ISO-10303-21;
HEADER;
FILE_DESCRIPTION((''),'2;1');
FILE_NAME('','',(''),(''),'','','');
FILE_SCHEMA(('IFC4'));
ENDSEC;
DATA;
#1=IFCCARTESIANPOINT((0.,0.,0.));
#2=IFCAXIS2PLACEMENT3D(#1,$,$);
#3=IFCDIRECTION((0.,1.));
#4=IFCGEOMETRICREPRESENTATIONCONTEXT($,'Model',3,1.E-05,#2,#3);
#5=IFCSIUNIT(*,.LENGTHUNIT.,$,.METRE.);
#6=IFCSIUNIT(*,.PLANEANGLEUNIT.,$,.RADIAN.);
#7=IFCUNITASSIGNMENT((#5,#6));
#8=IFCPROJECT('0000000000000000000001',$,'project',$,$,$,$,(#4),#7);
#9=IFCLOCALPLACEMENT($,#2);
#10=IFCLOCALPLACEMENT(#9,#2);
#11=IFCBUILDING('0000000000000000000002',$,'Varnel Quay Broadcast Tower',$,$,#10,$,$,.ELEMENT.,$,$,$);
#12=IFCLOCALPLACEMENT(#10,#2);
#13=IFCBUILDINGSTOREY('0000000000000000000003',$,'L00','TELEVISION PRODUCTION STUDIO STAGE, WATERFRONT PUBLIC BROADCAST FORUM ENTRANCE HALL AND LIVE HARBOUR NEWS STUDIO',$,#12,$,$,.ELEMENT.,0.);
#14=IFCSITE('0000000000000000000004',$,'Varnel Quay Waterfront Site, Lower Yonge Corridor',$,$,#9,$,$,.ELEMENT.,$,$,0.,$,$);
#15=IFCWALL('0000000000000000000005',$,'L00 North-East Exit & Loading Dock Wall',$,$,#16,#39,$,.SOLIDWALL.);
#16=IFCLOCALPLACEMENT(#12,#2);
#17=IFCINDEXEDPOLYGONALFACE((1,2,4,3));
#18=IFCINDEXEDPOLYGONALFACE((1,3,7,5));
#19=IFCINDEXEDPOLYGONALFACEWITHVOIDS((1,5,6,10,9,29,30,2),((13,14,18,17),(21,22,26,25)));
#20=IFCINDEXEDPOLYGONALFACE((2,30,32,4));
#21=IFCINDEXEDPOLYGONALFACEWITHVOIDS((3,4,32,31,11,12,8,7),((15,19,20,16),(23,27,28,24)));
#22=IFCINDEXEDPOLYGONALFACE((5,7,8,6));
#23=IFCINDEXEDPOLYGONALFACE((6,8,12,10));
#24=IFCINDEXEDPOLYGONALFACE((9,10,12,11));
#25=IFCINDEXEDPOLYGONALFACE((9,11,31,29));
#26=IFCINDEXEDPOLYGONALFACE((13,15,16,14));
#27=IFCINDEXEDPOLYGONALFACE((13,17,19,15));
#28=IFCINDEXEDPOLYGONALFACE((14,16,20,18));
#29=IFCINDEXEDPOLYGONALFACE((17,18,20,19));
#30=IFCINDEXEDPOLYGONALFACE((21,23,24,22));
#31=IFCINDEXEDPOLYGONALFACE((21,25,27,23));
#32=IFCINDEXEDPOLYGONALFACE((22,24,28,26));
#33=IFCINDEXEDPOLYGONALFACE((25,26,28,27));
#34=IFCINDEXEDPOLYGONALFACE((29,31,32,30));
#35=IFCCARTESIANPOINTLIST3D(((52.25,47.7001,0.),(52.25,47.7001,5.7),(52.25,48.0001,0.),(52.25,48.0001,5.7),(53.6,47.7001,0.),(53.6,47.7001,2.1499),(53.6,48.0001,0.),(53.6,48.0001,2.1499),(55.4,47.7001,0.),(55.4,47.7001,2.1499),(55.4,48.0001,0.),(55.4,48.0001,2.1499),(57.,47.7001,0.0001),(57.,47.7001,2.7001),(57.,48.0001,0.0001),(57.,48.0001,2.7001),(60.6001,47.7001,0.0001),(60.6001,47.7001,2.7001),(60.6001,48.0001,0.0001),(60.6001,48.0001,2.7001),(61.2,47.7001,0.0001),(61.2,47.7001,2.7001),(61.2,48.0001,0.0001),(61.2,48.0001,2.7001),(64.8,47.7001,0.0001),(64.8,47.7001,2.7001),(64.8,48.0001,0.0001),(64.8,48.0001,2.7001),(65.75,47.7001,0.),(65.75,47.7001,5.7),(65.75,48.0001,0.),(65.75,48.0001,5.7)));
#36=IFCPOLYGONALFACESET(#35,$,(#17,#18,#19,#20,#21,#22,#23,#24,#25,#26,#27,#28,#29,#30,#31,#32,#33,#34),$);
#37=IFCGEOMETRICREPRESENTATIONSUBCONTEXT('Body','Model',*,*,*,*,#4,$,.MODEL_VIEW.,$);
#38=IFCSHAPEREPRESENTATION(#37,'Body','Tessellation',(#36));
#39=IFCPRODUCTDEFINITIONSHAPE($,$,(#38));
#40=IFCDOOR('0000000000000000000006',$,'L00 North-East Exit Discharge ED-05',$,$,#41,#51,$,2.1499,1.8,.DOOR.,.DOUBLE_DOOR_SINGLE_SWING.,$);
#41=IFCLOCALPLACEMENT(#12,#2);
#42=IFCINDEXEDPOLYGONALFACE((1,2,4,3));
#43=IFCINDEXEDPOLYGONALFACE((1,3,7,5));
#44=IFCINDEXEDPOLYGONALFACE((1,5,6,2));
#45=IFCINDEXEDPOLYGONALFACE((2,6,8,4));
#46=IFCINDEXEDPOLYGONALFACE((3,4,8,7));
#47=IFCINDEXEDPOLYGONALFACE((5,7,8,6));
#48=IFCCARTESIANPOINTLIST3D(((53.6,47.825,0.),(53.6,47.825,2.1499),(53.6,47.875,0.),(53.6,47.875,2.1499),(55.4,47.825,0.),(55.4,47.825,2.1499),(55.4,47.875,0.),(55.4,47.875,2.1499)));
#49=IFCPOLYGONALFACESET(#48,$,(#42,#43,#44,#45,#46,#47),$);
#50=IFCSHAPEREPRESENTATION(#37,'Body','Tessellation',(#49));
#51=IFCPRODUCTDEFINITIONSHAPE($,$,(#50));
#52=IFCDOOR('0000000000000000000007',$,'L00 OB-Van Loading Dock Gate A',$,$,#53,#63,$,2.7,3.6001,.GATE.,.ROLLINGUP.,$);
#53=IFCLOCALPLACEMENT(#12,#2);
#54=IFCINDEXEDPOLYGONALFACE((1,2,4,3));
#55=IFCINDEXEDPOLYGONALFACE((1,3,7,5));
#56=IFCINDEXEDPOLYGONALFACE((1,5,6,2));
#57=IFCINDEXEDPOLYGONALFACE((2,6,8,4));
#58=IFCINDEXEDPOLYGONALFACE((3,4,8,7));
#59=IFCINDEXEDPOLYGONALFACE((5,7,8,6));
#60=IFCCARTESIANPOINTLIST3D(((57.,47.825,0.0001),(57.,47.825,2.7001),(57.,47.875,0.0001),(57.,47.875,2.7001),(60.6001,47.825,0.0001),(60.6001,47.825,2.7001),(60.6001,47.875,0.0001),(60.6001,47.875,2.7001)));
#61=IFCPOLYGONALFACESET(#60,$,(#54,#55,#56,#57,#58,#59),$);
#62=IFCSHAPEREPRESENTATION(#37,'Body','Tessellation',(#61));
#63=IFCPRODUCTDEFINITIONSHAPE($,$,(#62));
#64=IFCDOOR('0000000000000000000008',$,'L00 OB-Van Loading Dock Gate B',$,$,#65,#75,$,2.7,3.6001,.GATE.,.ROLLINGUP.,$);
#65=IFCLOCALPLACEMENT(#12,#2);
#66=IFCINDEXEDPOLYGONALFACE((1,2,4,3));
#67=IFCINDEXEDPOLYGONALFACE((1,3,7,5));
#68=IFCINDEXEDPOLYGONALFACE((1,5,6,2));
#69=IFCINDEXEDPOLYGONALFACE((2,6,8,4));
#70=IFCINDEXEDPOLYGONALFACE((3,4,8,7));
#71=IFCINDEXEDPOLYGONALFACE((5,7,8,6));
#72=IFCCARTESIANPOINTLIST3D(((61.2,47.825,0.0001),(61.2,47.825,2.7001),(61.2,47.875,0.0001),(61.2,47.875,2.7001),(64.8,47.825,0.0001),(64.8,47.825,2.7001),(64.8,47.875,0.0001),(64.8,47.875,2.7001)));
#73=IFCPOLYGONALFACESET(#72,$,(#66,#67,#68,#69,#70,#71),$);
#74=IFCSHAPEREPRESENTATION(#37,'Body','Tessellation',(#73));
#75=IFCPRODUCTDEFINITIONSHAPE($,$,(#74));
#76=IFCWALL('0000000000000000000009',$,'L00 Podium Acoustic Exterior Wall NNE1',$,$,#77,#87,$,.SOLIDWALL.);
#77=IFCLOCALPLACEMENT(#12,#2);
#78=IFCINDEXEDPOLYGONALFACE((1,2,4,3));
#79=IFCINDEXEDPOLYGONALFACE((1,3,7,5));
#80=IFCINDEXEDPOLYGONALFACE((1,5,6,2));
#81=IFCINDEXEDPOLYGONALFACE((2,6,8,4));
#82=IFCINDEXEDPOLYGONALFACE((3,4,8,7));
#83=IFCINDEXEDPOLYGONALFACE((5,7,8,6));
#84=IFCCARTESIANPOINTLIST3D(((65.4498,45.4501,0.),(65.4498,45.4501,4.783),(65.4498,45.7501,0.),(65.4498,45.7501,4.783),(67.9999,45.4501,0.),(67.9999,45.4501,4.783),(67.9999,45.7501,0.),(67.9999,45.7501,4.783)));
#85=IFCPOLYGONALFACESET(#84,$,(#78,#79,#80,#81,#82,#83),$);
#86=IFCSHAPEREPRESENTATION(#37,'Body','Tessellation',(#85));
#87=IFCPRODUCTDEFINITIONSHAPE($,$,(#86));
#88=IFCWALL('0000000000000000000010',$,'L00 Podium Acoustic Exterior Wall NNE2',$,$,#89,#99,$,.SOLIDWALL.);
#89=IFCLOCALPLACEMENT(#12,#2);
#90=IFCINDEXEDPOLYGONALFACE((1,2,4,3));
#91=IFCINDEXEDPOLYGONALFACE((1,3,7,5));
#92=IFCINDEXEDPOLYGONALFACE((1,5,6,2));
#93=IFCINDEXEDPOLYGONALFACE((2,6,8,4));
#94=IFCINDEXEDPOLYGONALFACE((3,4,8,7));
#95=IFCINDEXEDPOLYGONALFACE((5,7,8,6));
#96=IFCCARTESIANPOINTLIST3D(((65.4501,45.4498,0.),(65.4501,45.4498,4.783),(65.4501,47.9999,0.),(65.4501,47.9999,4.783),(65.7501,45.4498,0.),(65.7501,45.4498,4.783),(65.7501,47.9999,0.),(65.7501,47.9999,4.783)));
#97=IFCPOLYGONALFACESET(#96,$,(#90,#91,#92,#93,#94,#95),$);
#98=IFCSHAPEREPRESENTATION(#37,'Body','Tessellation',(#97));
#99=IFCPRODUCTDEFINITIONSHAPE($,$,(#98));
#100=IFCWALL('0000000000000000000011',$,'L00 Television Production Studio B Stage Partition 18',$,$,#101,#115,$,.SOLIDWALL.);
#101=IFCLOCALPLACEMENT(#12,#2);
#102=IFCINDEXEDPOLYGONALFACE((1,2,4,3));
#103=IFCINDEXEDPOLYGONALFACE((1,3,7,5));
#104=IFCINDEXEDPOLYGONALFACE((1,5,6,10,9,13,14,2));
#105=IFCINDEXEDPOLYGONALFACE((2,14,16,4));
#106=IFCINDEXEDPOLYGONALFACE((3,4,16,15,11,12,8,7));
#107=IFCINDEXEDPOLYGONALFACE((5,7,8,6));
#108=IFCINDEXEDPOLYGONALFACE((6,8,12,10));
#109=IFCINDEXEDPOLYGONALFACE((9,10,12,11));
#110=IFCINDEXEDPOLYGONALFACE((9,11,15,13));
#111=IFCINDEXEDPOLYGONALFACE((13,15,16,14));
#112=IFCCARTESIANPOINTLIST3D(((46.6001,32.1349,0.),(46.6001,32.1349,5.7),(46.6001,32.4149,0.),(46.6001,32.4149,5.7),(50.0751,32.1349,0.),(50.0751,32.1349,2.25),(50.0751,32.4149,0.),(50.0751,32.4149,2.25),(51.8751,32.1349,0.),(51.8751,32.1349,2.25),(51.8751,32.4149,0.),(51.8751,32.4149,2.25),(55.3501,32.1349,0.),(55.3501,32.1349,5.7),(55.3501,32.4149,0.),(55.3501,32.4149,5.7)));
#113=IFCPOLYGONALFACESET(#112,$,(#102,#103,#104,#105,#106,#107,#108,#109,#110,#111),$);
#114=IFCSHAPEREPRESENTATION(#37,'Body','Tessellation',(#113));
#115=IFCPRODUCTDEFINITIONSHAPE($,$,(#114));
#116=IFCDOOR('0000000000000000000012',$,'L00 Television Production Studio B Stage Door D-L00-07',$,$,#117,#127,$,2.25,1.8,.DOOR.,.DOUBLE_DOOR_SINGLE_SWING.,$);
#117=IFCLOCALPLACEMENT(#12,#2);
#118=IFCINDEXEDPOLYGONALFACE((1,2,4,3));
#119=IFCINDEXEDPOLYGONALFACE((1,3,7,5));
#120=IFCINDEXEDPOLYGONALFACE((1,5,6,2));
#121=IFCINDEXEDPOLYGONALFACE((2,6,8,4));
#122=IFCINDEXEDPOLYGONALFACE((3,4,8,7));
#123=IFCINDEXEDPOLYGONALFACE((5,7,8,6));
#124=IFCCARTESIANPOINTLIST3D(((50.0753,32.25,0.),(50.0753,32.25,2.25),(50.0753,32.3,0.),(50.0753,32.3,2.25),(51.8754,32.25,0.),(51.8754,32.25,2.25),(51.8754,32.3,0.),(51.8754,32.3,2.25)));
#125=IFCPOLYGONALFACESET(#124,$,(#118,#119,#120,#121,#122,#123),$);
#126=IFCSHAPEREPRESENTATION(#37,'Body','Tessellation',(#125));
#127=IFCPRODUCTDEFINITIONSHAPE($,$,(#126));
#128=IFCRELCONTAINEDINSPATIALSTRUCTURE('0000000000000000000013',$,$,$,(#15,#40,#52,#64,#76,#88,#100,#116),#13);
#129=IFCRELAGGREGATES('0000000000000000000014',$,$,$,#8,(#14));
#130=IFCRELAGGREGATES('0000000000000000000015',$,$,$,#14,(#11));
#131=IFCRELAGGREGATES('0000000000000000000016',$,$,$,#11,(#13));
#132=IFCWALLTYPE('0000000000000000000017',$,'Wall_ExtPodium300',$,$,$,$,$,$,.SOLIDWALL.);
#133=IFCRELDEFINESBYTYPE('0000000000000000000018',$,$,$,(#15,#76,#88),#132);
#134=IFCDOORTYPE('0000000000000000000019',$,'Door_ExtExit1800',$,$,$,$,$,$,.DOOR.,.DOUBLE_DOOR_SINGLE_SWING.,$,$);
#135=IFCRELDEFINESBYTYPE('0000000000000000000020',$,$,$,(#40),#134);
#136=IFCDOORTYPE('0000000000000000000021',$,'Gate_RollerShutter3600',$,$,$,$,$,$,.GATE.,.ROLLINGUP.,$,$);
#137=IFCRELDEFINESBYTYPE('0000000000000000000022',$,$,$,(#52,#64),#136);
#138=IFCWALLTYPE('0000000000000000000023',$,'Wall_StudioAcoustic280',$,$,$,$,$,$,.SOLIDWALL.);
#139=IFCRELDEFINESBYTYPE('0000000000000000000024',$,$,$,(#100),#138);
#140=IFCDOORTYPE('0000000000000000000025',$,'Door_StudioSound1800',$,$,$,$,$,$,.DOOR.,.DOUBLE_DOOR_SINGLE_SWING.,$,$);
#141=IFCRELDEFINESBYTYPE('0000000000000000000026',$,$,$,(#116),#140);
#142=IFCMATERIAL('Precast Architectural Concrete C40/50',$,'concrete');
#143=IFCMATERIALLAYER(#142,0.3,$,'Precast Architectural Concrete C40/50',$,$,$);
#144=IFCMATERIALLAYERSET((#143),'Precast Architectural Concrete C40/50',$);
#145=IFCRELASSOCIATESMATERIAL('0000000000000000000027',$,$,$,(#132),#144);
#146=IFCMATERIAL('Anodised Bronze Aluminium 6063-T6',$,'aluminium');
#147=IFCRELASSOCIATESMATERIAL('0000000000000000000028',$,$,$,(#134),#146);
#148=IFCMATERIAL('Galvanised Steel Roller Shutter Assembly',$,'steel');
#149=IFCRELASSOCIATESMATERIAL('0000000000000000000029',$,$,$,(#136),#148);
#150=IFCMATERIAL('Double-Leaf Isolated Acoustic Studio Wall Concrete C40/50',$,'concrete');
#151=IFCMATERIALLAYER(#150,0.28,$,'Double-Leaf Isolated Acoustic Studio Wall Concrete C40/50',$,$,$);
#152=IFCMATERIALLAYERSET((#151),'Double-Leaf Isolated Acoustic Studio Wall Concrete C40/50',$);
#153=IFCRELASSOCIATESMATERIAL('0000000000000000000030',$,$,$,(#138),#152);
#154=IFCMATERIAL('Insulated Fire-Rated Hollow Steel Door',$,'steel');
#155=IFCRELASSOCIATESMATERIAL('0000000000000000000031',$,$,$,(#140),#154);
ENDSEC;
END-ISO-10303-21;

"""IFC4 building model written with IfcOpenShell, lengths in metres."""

from ifc_helpers import new_model, si_unit, direction, frame, frame_2d, origin, place, context, subcontext, project, spatial, rectangle, extrude, source, transform, mapped, material, layer, layer_set, type_object, type_shapes, element, fill, save


model = new_model("IFC4")

# Units and contexts
model_context = context("Model", 3, precision=1e-05, world=origin(), true_north=direction((0.0, 1.0)))
body_context = subcontext(model_context, "Body", "Model", "MODEL_VIEW")
ifc_project = project(units=[si_unit("LENGTHUNIT", "METRE"), si_unit("PLANEANGLEUNIT", "RADIAN")], contexts=[model_context])

# Site, building, storey
site_placement = place(None, origin())
site = spatial("IfcSite", under=ifc_project, at=site_placement, Name="Varnel Quay Waterfront Site, Lower Yonge Corridor", CompositionType="ELEMENT", RefElevation=0.0)
building_placement = place(site_placement, origin())
building = spatial("IfcBuilding", under=site, at=building_placement, Name="Varnel Quay Broadcast Tower", CompositionType="ELEMENT")
storey_placement = place(building_placement, origin())
storey = spatial("IfcBuildingStorey", under=building, at=storey_placement, Name="L00", Description="TELEVISION PRODUCTION STUDIO STAGE, WATERFRONT PUBLIC BROADCAST FORUM ENTRANCE HALL AND LIVE HARBOUR NEWS STUDIO", CompositionType="ELEMENT", Elevation=0.0)

# Shared definitions
ifc_material_1 = material(Name="Insulated Fire-Rated Hollow Steel Door", Category="steel")

# Wall, openings, doors
ifc_material_2 = material(Name="Precast Architectural Concrete C40/50", Category="concrete")
ifc_layer_1 = layer(ifc_material_2, 0.3, Name="Precast Architectural Concrete C40/50")
ifc_layer_set_1 = layer_set([ifc_layer_1], Name="Precast Architectural Concrete C40/50")
wall_type_1 = type_object("IfcWallType", Name="Wall_ExtPodium300", PredefinedType="SOLIDWALL", material=ifc_layer_set_1)
wall_1_placement = place(storey_placement, frame((52.25, 47.8501, 0.0), z_axis=(0.0, 0.0, 1.0), x_axis=(1.0, 0.0, 0.0)))
wall_1 = element("IfcWall", 1, at=wall_1_placement, inside=storey, type_object=wall_type_1, Name="L00 North-East Exit & Loading Dock Wall", PredefinedType="SOLIDWALL", context=body_context, shape_type="SweptSolid", body=[
    extrude(rectangle(XDim=13.5, YDim=0.3, at=frame_2d((6.75, 0.0))), origin(), (0.0, 0.0, 1.0), 5.7),
])
opening_1_placement = place(wall_1_placement, frame((1.3501, 0.0, 0.0)))
opening_1 = element("IfcOpeningElement", 2, at=opening_1_placement, cuts=wall_1, PredefinedType="OPENING", context=body_context, shape_type="SweptSolid", body=[
    extrude(rectangle(XDim=1.8, YDim=2.1499, at=frame_2d((0.8999, 1.075))), frame((0.0, 0.1602, 0.0), z_axis=(0.0, -1.0, 0.0), x_axis=(1.0, 0.0, 0.0)), (0.0, 0.0, 1.0), 0.3201),
])
opening_2_placement = place(wall_1_placement, frame((4.75, 0.0, 0.0)))
opening_2 = element("IfcOpeningElement", 3, at=opening_2_placement, cuts=wall_1, PredefinedType="OPENING", context=body_context, shape_type="SweptSolid", body=[
    extrude(rectangle(XDim=3.6001, YDim=2.7, at=frame_2d((1.8, 1.3501))), frame((0.0, 0.1602, 0.0), z_axis=(0.0, -1.0, 0.0), x_axis=(1.0, 0.0, 0.0)), (0.0, 0.0, 1.0), 0.3201),
])
opening_3_placement = place(wall_1_placement, frame((8.95, 0.0, 0.0)))
opening_3 = element("IfcOpeningElement", 4, at=opening_3_placement, cuts=wall_1, PredefinedType="OPENING", context=body_context, shape_type="SweptSolid", body=[
    extrude(rectangle(XDim=3.6001, YDim=2.7, at=frame_2d((1.8, 1.3501))), frame((0.0, 0.1602, 0.0), z_axis=(0.0, -1.0, 0.0), x_axis=(1.0, 0.0, 0.0)), (0.0, 0.0, 1.0), 0.3201),
])
ifc_material_3 = material(Name="Anodised Bronze Aluminium 6063-T6", Category="aluminium")
door_type_1 = type_object("IfcDoorType", Name="Door_ExtExit1800", OperationType="DOUBLE_DOOR_SINGLE_SWING", PredefinedType="DOOR", material=ifc_material_3)
shared_shape_1 = source(origin(), body_context, "Body", "SweptSolid", [
    extrude(rectangle(XDim=1.8, YDim=2.1499, at=frame_2d((0.8999, 1.075))), frame((0.0, 0.0249, 0.0), z_axis=(0.0, -1.0, 0.0), x_axis=(1.0, 0.0, 0.0)), (0.0, 0.0, 1.0), 0.05),
])
type_shapes(door_type_1, [shared_shape_1])
door_1_placement = place(opening_1_placement, origin())
door_1 = element("IfcDoor", 5, at=door_1_placement, inside=storey, type_object=door_type_1, Name="L00 North-East Exit Discharge ED-05", OperationType="DOUBLE_DOOR_SINGLE_SWING", OverallHeight=2.1499, OverallWidth=1.8, PredefinedType="DOOR", context=body_context, shape_type="MappedRepresentation", body=[
    mapped(shared_shape_1, transform((0.0, 0.0, 0.0), x_axis=(1.0, 0.0, 0.0), y_axis=(0.0, 1.0, 0.0), z_axis=(0.0, 0.0, 1.0), scale=1.0)),
])
fill(opening_1, door_1)
ifc_material_4 = material(Name="Galvanised Steel Roller Shutter Assembly", Category="steel")
door_type_2 = type_object("IfcDoorType", Name="Gate_RollerShutter3600", OperationType="ROLLINGUP", PredefinedType="GATE", material=ifc_material_4)
shared_shape_2 = source(origin(), body_context, "Body", "SweptSolid", [
    extrude(rectangle(XDim=3.6001, YDim=2.7, at=frame_2d((1.8, 1.3501))), frame((0.0, 0.0249, 0.0), z_axis=(0.0, -1.0, 0.0), x_axis=(1.0, 0.0, 0.0)), (0.0, 0.0, 1.0), 0.05),
])
type_shapes(door_type_2, [shared_shape_2])
door_2_placement = place(opening_2_placement, origin())
door_2 = element("IfcDoor", 6, at=door_2_placement, inside=storey, type_object=door_type_2, Name="L00 OB-Van Loading Dock Gate A", OperationType="ROLLINGUP", OverallHeight=2.7, OverallWidth=3.6001, PredefinedType="GATE", context=body_context, shape_type="MappedRepresentation", body=[
    mapped(shared_shape_2, transform((0.0, 0.0, 0.0), x_axis=(1.0, 0.0, 0.0), y_axis=(0.0, 1.0, 0.0), z_axis=(0.0, 0.0, 1.0), scale=1.0)),
])
fill(opening_2, door_2)
door_3_placement = place(opening_3_placement, origin())
door_3 = element("IfcDoor", 7, at=door_3_placement, inside=storey, type_object=door_type_2, Name="L00 OB-Van Loading Dock Gate B", OperationType="ROLLINGUP", OverallHeight=2.7, OverallWidth=3.6001, PredefinedType="GATE", context=body_context, shape_type="MappedRepresentation", body=[
    mapped(shared_shape_2, transform((0.0, 0.0, 0.0), x_axis=(1.0, 0.0, 0.0), y_axis=(0.0, 1.0, 0.0), z_axis=(0.0, 0.0, 1.0), scale=1.0)),
])
fill(opening_3, door_3)

# Walls
for number, where, z_axis, x_axis, name in (
    (8, (65.45, 45.6001, 0.0), (0.0, 0.0, 1.0), (1.0, 0.0, 0.0), "L00 Podium Acoustic Exterior Wall NNE1"),
    (9, (65.6001, 45.45, 0.0), (0.0, 0.0, 1.0), (0.0, 1.0, 0.0), "L00 Podium Acoustic Exterior Wall NNE2"),
):
    element("IfcWall", number, at=place(storey_placement, frame(where, z_axis=z_axis, x_axis=x_axis)), inside=storey, type_object=wall_type_1, Name=name, PredefinedType="SOLIDWALL", context=body_context, shape_type="SweptSolid", body=[
        extrude(rectangle(XDim=2.55, YDim=0.3, at=frame_2d((1.2749, 0.0))), origin(), (0.0, 0.0, 1.0), 4.783),
    ])

# Wall, opening, door
ifc_material_5 = material(Name="Double-Leaf Isolated Acoustic Studio Wall Concrete C40/50", Category="concrete")
ifc_layer_2 = layer(ifc_material_5, 0.28, Name="Double-Leaf Isolated Acoustic Studio Wall Concrete C40/50")
ifc_layer_set_2 = layer_set([ifc_layer_2], Name="Double-Leaf Isolated Acoustic Studio Wall Concrete C40/50")
wall_type_2 = type_object("IfcWallType", Name="Wall_StudioAcoustic280", PredefinedType="SOLIDWALL", material=ifc_layer_set_2)
wall_2_placement = place(storey_placement, frame((46.6001, 32.2749, 0.0), z_axis=(0.0, 0.0, 1.0), x_axis=(1.0, 0.0, 0.0)))
wall_2 = element("IfcWall", 10, at=wall_2_placement, inside=storey, type_object=wall_type_2, Name="L00 Television Production Studio B Stage Partition 18", PredefinedType="SOLIDWALL", context=body_context, shape_type="SweptSolid", body=[
    extrude(rectangle(XDim=8.75, YDim=0.28, at=frame_2d((4.375, 0.0))), origin(), (0.0, 0.0, 1.0), 5.7),
])
opening_4_placement = place(wall_2_placement, frame((3.4751, 0.0, 0.0)))
opening_4 = element("IfcOpeningElement", 11, at=opening_4_placement, cuts=wall_2, PredefinedType="OPENING", context=body_context, shape_type="SweptSolid", body=[
    extrude(rectangle(XDim=1.8, YDim=2.25, at=frame_2d((0.8999, 1.125))), frame((0.0, 0.1499, 0.0), z_axis=(0.0, -1.0, 0.0), x_axis=(1.0, 0.0, 0.0)), (0.0, 0.0, 1.0), 0.3),
])
door_type_3 = type_object("IfcDoorType", Name="Door_StudioSound1800", OperationType="DOUBLE_DOOR_SINGLE_SWING", PredefinedType="DOOR", material=ifc_material_1)
shared_shape_3 = source(origin(), body_context, "Body", "SweptSolid", [
    extrude(rectangle(XDim=1.8, YDim=2.25, at=frame_2d((0.8999, 1.125))), frame((0.0, 0.0249, 0.0), z_axis=(0.0, -1.0, 0.0), x_axis=(1.0, 0.0, 0.0)), (0.0, 0.0, 1.0), 0.05),
])
type_shapes(door_type_3, [shared_shape_3])
door_4_placement = place(opening_4_placement, frame((1.8, 0.0, 0.0), z_axis=(0.0, 0.0, 1.0), x_axis=(-1.0, 0.0, 0.0)))
door_4 = element("IfcDoor", 12, at=door_4_placement, inside=storey, type_object=door_type_3, Name="L00 Television Production Studio B Stage Door D-L00-07", OperationType="DOUBLE_DOOR_SINGLE_SWING", OverallHeight=2.25, OverallWidth=1.8, PredefinedType="DOOR", context=body_context, shape_type="MappedRepresentation", body=[
    mapped(shared_shape_3, transform((0.0, 0.0, 0.0), x_axis=(1.0, 0.0, 0.0), y_axis=(0.0, 1.0, 0.0), z_axis=(0.0, 0.0, 1.0), scale=1.0)),
])
fill(opening_4, door_4)

save(model, "model.ifc")
